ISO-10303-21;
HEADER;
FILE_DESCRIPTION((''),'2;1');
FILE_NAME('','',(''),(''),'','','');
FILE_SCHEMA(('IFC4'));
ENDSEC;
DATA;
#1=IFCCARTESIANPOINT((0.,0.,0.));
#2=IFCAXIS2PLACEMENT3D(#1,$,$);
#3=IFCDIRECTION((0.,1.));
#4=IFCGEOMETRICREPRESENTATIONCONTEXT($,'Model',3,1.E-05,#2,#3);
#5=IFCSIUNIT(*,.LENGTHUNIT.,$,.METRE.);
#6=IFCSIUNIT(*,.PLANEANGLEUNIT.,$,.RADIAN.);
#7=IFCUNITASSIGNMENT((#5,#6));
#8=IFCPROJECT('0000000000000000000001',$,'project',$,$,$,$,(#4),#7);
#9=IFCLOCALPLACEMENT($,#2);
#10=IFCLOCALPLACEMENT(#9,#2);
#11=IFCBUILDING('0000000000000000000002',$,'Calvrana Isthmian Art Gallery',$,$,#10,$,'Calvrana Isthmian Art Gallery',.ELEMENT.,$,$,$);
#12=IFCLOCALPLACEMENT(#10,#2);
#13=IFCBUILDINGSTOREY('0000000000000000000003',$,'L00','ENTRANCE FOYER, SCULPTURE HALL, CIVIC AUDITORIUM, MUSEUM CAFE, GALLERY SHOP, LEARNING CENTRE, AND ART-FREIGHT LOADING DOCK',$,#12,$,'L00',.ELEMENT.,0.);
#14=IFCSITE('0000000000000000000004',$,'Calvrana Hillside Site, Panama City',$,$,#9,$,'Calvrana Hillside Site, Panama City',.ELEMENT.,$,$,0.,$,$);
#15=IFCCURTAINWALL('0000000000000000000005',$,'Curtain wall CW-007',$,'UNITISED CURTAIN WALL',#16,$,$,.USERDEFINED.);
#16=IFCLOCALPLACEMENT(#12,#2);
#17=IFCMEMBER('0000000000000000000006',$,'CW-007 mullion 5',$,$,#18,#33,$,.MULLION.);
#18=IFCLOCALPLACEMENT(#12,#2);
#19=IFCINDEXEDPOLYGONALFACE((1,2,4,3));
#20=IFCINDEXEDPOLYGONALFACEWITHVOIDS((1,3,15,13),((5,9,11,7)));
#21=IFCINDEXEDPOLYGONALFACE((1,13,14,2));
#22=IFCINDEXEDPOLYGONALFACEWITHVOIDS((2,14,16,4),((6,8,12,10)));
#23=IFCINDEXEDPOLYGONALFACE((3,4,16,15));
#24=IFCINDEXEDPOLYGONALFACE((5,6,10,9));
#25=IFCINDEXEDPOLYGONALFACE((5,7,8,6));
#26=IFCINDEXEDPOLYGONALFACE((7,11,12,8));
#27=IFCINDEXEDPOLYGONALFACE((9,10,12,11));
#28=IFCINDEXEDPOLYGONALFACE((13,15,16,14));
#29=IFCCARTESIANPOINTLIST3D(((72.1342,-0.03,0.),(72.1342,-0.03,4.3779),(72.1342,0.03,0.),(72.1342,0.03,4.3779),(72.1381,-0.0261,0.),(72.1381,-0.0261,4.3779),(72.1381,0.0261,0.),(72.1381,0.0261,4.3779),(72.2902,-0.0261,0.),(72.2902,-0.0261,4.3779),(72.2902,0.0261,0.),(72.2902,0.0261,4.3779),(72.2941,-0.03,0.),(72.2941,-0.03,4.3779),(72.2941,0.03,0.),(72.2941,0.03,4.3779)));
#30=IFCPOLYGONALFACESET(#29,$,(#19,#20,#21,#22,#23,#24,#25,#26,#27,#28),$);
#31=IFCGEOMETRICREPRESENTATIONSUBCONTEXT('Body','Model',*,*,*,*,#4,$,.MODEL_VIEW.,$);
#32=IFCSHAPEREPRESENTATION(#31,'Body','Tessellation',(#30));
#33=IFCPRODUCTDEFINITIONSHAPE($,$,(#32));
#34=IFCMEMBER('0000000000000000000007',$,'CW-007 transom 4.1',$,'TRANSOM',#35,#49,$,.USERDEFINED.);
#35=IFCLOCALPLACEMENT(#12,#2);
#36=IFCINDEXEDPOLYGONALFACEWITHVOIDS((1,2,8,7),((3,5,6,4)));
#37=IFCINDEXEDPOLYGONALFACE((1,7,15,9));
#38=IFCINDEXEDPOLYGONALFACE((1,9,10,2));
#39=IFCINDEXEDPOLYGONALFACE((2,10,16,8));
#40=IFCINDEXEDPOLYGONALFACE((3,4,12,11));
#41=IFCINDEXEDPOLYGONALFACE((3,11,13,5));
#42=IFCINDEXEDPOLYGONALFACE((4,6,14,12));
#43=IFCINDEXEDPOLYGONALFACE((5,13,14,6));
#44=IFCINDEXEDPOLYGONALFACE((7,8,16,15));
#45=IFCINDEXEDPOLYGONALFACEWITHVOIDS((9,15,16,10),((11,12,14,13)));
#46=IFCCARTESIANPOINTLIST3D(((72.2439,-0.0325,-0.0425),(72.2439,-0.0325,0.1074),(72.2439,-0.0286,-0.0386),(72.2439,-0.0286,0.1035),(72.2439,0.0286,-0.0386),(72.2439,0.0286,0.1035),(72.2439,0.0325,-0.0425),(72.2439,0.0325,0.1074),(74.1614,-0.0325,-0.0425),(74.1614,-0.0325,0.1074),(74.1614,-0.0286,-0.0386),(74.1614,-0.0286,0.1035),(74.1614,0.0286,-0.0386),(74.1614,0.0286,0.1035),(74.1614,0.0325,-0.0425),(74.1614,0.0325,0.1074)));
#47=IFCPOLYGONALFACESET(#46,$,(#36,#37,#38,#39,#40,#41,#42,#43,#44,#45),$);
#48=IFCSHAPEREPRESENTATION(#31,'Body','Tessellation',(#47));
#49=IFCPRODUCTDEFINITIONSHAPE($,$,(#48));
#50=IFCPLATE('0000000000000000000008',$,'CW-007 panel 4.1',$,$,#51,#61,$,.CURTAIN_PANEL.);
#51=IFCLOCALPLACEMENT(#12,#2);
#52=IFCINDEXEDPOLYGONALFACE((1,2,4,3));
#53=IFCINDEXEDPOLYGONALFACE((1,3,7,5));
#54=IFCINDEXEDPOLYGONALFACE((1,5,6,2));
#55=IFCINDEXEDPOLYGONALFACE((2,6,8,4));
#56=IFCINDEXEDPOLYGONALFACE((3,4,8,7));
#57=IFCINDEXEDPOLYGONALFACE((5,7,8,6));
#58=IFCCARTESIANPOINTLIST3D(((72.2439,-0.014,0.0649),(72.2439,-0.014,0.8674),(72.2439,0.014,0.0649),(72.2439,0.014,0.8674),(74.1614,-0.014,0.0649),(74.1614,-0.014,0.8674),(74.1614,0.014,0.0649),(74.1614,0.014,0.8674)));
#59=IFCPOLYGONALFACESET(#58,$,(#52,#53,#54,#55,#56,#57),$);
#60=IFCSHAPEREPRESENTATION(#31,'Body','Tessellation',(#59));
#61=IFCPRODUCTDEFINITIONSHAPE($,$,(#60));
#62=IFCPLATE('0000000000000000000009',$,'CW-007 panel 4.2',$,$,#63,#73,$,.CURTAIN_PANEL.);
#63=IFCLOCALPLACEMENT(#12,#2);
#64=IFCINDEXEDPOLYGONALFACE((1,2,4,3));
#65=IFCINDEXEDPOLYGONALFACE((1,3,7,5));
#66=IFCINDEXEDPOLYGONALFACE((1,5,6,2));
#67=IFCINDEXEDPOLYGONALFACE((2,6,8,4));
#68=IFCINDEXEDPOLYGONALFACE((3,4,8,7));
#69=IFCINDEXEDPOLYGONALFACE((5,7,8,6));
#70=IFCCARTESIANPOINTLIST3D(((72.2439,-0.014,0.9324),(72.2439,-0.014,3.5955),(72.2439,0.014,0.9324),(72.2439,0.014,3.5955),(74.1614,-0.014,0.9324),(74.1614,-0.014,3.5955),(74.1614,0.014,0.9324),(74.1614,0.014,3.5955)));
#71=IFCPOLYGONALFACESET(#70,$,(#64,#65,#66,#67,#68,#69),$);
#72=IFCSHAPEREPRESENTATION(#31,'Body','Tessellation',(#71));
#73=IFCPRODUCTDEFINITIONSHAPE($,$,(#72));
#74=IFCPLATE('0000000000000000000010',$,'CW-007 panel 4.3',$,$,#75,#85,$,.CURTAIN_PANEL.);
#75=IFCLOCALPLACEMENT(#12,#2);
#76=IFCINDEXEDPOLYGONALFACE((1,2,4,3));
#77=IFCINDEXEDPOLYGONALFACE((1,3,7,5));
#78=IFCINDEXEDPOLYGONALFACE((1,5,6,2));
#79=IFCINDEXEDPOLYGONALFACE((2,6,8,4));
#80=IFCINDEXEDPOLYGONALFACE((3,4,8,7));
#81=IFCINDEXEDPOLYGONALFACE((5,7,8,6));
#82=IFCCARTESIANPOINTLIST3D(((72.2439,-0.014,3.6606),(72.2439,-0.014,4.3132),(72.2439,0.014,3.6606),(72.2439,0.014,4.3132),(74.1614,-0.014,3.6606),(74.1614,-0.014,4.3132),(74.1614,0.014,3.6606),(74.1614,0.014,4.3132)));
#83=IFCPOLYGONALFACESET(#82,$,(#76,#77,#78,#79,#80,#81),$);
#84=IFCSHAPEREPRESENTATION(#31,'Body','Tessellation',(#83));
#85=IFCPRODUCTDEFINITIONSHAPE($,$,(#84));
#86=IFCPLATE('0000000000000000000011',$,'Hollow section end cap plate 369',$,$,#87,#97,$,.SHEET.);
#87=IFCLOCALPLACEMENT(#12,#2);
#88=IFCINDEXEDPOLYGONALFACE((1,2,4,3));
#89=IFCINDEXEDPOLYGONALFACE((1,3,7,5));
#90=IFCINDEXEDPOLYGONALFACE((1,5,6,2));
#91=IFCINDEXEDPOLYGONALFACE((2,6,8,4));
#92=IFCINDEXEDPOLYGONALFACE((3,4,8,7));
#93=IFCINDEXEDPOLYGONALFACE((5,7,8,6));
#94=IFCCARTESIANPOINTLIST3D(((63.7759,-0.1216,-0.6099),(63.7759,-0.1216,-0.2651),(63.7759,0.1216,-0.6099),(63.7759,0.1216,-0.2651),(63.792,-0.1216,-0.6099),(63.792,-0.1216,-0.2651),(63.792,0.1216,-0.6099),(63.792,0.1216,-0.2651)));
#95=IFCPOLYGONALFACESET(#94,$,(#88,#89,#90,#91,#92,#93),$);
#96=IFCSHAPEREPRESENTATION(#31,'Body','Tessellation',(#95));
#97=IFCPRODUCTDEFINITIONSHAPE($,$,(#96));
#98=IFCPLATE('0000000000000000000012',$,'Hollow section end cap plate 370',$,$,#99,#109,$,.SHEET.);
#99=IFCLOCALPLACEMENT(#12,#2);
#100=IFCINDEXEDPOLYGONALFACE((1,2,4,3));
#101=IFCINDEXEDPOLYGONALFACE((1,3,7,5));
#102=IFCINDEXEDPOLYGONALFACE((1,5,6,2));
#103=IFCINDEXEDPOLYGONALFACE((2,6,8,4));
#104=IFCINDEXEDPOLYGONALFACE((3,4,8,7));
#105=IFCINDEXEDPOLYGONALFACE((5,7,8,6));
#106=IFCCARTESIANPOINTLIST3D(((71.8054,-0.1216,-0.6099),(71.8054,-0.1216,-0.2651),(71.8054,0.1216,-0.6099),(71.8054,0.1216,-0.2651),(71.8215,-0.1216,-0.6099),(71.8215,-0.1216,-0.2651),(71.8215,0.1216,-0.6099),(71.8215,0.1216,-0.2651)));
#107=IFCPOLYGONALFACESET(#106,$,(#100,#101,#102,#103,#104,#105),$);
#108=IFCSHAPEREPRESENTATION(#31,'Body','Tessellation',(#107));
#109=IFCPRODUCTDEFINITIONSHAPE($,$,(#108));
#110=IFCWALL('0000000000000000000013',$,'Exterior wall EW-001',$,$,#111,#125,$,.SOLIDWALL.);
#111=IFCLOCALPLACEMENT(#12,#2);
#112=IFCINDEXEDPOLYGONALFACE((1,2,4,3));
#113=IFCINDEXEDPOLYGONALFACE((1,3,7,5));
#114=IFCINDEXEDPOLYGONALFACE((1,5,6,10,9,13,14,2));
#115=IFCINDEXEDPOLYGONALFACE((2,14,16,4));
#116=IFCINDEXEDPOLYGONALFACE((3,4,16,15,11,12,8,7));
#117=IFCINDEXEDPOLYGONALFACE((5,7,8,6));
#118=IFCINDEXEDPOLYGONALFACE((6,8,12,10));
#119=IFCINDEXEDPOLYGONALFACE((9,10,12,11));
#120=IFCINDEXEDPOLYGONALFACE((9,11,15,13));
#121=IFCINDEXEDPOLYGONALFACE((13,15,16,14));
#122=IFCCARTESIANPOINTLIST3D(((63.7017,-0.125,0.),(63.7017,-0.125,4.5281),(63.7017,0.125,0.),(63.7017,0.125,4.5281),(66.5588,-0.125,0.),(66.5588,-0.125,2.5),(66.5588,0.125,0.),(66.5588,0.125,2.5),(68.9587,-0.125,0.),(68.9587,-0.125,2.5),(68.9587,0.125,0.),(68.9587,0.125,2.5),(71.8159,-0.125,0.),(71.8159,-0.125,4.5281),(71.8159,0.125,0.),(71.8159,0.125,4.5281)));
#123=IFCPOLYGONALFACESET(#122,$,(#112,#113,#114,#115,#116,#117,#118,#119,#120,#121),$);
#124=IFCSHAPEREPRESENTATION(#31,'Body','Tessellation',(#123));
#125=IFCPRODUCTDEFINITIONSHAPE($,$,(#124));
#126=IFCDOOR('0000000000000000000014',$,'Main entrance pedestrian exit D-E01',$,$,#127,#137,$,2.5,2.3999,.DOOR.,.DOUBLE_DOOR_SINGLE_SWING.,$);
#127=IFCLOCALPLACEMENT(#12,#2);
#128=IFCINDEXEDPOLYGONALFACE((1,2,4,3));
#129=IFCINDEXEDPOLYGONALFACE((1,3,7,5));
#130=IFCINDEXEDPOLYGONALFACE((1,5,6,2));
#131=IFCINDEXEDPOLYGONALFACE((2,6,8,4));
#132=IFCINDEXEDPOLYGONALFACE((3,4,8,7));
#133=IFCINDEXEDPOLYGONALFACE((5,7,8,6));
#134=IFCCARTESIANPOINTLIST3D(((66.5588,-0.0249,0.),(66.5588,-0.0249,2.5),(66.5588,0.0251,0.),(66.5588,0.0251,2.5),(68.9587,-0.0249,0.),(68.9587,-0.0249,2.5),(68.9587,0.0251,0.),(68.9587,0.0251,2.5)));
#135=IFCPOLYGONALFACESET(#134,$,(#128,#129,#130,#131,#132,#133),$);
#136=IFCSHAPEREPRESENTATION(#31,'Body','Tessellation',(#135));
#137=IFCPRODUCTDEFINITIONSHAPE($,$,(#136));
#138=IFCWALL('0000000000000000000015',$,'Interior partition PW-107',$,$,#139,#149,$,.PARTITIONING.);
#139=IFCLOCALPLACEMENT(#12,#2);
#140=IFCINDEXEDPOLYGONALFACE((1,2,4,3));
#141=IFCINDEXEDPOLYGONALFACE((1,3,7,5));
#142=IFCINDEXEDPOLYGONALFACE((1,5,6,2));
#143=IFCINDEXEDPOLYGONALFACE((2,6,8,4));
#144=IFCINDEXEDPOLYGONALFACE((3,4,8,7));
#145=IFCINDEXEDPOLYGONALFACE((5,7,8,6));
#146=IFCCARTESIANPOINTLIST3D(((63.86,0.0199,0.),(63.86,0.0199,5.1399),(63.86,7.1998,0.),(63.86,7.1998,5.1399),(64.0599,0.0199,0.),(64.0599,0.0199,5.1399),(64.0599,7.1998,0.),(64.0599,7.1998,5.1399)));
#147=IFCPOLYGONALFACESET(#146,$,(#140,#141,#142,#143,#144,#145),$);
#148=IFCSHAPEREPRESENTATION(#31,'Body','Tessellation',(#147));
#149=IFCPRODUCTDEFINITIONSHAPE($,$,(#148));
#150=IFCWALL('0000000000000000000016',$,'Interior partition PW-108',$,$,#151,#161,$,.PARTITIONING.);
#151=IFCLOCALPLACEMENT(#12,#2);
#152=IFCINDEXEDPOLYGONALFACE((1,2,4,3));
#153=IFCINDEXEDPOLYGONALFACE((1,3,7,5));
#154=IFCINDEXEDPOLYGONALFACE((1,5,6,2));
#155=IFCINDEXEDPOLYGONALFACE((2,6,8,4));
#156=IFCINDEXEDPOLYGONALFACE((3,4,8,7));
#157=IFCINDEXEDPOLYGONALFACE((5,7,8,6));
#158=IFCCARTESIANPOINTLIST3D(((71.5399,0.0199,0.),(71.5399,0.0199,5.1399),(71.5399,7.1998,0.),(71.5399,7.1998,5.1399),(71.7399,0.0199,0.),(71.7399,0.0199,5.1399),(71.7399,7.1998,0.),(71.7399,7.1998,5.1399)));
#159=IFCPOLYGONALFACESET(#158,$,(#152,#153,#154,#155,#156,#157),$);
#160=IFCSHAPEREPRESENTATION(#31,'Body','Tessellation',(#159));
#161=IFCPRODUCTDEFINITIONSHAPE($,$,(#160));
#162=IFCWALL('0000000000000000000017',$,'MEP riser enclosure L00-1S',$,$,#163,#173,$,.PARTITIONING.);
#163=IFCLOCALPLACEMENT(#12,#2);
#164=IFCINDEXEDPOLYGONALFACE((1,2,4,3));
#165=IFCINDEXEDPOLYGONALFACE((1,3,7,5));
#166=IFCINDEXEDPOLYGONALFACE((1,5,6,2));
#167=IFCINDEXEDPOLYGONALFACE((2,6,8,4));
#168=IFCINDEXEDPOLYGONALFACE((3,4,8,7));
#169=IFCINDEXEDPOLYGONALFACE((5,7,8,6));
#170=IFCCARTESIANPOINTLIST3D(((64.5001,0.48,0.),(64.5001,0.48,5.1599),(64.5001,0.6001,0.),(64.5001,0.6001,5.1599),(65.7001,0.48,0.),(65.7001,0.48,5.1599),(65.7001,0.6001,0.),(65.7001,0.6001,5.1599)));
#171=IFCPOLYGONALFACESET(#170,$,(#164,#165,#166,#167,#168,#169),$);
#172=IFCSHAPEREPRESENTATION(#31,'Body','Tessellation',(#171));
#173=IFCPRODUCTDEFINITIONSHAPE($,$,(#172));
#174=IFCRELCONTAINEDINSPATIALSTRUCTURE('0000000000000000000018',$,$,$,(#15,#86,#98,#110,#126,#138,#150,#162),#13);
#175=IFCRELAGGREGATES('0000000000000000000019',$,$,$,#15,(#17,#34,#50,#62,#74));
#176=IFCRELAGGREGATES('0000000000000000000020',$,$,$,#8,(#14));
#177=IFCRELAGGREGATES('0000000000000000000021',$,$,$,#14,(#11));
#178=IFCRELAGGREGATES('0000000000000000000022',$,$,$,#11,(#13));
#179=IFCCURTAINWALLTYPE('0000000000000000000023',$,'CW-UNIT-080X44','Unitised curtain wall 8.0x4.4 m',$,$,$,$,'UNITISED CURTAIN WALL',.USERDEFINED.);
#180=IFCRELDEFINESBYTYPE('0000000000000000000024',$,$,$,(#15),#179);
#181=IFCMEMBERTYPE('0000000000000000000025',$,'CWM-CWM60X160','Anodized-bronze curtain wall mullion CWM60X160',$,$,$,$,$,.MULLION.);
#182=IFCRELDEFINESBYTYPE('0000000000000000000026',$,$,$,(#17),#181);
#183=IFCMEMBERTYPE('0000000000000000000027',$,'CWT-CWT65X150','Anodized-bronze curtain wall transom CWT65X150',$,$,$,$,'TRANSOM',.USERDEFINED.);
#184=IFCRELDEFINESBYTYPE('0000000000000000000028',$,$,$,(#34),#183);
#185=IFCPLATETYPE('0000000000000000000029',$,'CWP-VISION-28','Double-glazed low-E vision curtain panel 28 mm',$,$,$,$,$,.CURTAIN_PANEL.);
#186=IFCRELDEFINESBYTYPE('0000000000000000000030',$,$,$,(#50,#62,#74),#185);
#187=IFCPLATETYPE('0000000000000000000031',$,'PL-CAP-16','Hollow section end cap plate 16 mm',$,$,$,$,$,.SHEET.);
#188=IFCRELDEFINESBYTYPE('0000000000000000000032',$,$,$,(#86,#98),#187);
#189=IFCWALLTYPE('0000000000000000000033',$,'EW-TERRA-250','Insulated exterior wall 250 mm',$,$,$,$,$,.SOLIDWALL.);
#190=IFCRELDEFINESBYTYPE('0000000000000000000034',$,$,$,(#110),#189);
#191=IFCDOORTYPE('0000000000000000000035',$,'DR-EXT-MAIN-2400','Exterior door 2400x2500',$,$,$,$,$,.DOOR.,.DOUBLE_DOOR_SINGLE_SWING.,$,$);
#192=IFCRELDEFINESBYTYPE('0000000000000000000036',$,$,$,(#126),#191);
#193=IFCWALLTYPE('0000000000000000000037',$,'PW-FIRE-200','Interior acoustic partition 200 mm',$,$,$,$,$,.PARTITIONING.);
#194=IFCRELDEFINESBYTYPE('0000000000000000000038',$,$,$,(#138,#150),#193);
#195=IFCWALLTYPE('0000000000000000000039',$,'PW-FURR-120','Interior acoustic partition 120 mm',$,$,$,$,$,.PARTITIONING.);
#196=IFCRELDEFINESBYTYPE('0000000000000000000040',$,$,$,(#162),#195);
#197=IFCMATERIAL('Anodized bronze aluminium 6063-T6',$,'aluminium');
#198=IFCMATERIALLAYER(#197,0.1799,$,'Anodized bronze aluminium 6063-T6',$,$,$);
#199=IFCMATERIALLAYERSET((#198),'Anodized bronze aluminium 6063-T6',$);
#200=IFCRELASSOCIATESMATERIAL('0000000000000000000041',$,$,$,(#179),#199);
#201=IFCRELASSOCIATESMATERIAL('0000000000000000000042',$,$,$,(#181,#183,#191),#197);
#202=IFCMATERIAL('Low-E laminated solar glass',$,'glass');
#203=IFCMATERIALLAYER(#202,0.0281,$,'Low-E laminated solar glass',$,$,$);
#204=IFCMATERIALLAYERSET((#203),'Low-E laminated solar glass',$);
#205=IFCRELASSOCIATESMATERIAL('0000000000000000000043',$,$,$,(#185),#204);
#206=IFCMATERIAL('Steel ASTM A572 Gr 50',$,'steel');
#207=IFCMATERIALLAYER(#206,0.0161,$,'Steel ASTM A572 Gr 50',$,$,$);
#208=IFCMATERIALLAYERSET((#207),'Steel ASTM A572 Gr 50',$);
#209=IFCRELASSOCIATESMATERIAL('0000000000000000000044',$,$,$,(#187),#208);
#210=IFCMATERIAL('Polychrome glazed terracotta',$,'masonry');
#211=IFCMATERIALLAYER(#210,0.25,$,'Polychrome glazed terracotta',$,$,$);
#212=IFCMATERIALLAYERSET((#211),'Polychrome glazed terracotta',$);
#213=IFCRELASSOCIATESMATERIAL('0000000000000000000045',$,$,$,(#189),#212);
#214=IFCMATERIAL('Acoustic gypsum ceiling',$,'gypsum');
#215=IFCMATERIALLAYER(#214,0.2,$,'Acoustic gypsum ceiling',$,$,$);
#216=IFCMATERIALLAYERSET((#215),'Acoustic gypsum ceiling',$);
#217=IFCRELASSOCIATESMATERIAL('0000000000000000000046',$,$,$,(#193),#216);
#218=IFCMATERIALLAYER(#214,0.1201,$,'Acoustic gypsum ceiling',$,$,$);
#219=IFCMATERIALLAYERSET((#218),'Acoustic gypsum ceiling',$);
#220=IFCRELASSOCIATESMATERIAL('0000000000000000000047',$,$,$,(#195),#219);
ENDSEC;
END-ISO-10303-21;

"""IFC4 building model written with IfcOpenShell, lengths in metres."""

from ifc_helpers import new_model, si_unit, direction, frame, frame_2d, origin, origin_2d, place, context, subcontext, project, spatial, rectangle, hollow_rectangle, extrude, material, layer, layer_set, material_profile, profile_set, type_object, element, fill, aggregate, save


model = new_model("IFC4")

# Units and contexts
model_context = context("Model", 3, precision=1e-05, world=origin(), true_north=direction((0.0, 1.0)))
body_context = subcontext(model_context, "Body", "Model", "MODEL_VIEW")
ifc_project = project(units=[si_unit("LENGTHUNIT", "METRE"), si_unit("PLANEANGLEUNIT", "RADIAN")], contexts=[model_context])

# Site, building, storey
site_placement = place(None, origin())
site = spatial("IfcSite", under=ifc_project, at=site_placement, Name="Calvrana Hillside Site, Panama City", LongName="Calvrana Hillside Site, Panama City", CompositionType="ELEMENT", RefElevation=0.0)
building_placement = place(site_placement, origin())
building = spatial("IfcBuilding", under=site, at=building_placement, Name="Calvrana Isthmian Art Gallery", LongName="Calvrana Isthmian Art Gallery", CompositionType="ELEMENT")
storey_placement = place(building_placement, origin())
storey = spatial("IfcBuildingStorey", under=building, at=storey_placement, Name="L00", Description="ENTRANCE FOYER, SCULPTURE HALL, CIVIC AUDITORIUM, MUSEUM CAFE, GALLERY SHOP, LEARNING CENTRE, AND ART-FREIGHT LOADING DOCK", LongName="L00", CompositionType="ELEMENT", Elevation=0.0)

# Curtain wall, members, plates
ifc_material_1 = material(Name="Anodized bronze aluminium 6063-T6", Category="aluminium")
ifc_layer_1 = layer(ifc_material_1, 0.1799, Name="Anodized bronze aluminium 6063-T6")
ifc_layer_set_1 = layer_set([ifc_layer_1], Name="Anodized bronze aluminium 6063-T6")
curtain_wall_type = type_object("IfcCurtainWallType", Name="CW-UNIT-080X44", Description="Unitised curtain wall 8.0x4.4 m", ElementType="UNITISED CURTAIN WALL", PredefinedType="USERDEFINED", material=ifc_layer_set_1)
curtain_wall_placement = place(storey_placement, origin())
curtain_wall = element("IfcCurtainWall", 1, at=curtain_wall_placement, inside=storey, type_object=curtain_wall_type, Name="Curtain wall CW-007", ObjectType="UNITISED CURTAIN WALL", PredefinedType="USERDEFINED")
ifc_material_profile_1 = material_profile(ifc_material_1, hollow_rectangle(XDim=0.0601, YDim=0.1599, WallThickness=0.0039, at=origin_2d()), Name="CWM60X160")
ifc_profile_set_1 = profile_set([ifc_material_profile_1], Name="Anodized bronze aluminium 6063-T6")
member_type_1 = type_object("IfcMemberType", Name="CWM-CWM60X160", Description="Anodized-bronze curtain wall mullion CWM60X160", PredefinedType="MULLION", material=ifc_profile_set_1)
member_1_placement = place(storey_placement, frame((72.2141, 0.0, 0.0), z_axis=(0.0, 0.0, 1.0), x_axis=(0.0, -1.0, 0.0)))
member_1 = element("IfcMember", 2, at=member_1_placement, type_object=member_type_1, Name="CW-007 mullion 5", PredefinedType="MULLION", context=body_context, shape_type="SweptSolid", body=[
    extrude(hollow_rectangle(XDim=0.0601, YDim=0.1599, WallThickness=0.0039, at=origin_2d()), origin(), (0.0, 0.0, 1.0), 4.3779),
])
ifc_material_profile_2 = material_profile(ifc_material_1, hollow_rectangle(XDim=0.0649, YDim=0.1499, WallThickness=0.0039, at=origin_2d()), Name="CWT65X150")
ifc_profile_set_2 = profile_set([ifc_material_profile_2], Name="Anodized bronze aluminium 6063-T6")
member_type_2 = type_object("IfcMemberType", Name="CWT-CWT65X150", Description="Anodized-bronze curtain wall transom CWT65X150", ElementType="TRANSOM", PredefinedType="USERDEFINED", material=ifc_profile_set_2)
member_2_placement = place(storey_placement, frame((74.1614, 0.0, 0.0325), z_axis=(-1.0, 0.0, 0.0), x_axis=(0.0, -1.0, 0.0)))
member_2 = element("IfcMember", 3, at=member_2_placement, type_object=member_type_2, Name="CW-007 transom 4.1", ObjectType="TRANSOM", PredefinedType="USERDEFINED", context=body_context, shape_type="SweptSolid", body=[
    extrude(hollow_rectangle(XDim=0.0649, YDim=0.1499, WallThickness=0.0039, at=origin_2d()), origin(), (0.0, 0.0, 1.0), 1.9175),
])
ifc_material_2 = material(Name="Low-E laminated solar glass", Category="glass")
ifc_layer_2 = layer(ifc_material_2, 0.0281, Name="Low-E laminated solar glass")
ifc_layer_set_2 = layer_set([ifc_layer_2], Name="Low-E laminated solar glass")
plate_type_1 = type_object("IfcPlateType", Name="CWP-VISION-28", Description="Double-glazed low-E vision curtain panel 28 mm", PredefinedType="CURTAIN_PANEL", material=ifc_layer_set_2)
plate_1_placement = place(storey_placement, frame((73.2026, 0.0, 0.0649), z_axis=(0.0, 0.0, 1.0), x_axis=(-1.0, 0.0, 0.0)))
plate_1 = element("IfcPlate", 4, at=plate_1_placement, type_object=plate_type_1, Name="CW-007 panel 4.1", PredefinedType="CURTAIN_PANEL", context=body_context, shape_type="SweptSolid", body=[
    extrude(rectangle(XDim=1.9175, YDim=0.0281, at=origin_2d()), origin(), (0.0, 0.0, 1.0), 0.8025),
])
plate_2_placement = place(storey_placement, frame((73.2026, 0.0, 0.9324), z_axis=(0.0, 0.0, 1.0), x_axis=(-1.0, 0.0, 0.0)))
plate_2 = element("IfcPlate", 5, at=plate_2_placement, type_object=plate_type_1, Name="CW-007 panel 4.2", PredefinedType="CURTAIN_PANEL", context=body_context, shape_type="SweptSolid", body=[
    extrude(rectangle(XDim=1.9175, YDim=0.0281, at=origin_2d()), origin(), (0.0, 0.0, 1.0), 2.6631),
])
plate_3_placement = place(storey_placement, frame((73.2026, 0.0, 3.6606), z_axis=(0.0, 0.0, 1.0), x_axis=(-1.0, 0.0, 0.0)))
plate_3 = element("IfcPlate", 6, at=plate_3_placement, type_object=plate_type_1, Name="CW-007 panel 4.3", PredefinedType="CURTAIN_PANEL", context=body_context, shape_type="SweptSolid", body=[
    extrude(rectangle(XDim=1.9175, YDim=0.0281, at=origin_2d()), origin(), (0.0, 0.0, 1.0), 0.6526),
])
aggregate(curtain_wall, [member_1, member_2, plate_1, plate_2, plate_3])

# Plates
ifc_material_3 = material(Name="Steel ASTM A572 Gr 50", Category="steel")
ifc_layer_3 = layer(ifc_material_3, 0.0161, Name="Steel ASTM A572 Gr 50")
ifc_layer_set_3 = layer_set([ifc_layer_3], Name="Steel ASTM A572 Gr 50")
plate_type_2 = type_object("IfcPlateType", Name="PL-CAP-16", Description="Hollow section end cap plate 16 mm", PredefinedType="SHEET", material=ifc_layer_set_3)
for number, where, z_axis, x_axis, name in (
    (7, (63.7839, 0.0, -0.6099), (0.0, 0.0, 1.0), (1.0, 0.0, 0.0), "Hollow section end cap plate 369"),
    (8, (71.8135, 0.0, -0.6099), (0.0, 0.0, 1.0), (1.0, 0.0, 0.0), "Hollow section end cap plate 370"),
):
    element("IfcPlate", number, at=place(storey_placement, frame(where, z_axis=z_axis, x_axis=x_axis)), inside=storey, type_object=plate_type_2, Name=name, PredefinedType="SHEET", context=body_context, shape_type="SweptSolid", body=[
        extrude(rectangle(XDim=0.0161, YDim=0.2432, at=origin_2d()), origin(), (0.0, 0.0, 1.0), 0.3447),
    ])

# Wall, opening, door
ifc_material_4 = material(Name="Polychrome glazed terracotta", Category="masonry")
ifc_layer_4 = layer(ifc_material_4, 0.25, Name="Polychrome glazed terracotta")
ifc_layer_set_4 = layer_set([ifc_layer_4], Name="Polychrome glazed terracotta")
wall_type_1 = type_object("IfcWallType", Name="EW-TERRA-250", Description="Insulated exterior wall 250 mm", PredefinedType="SOLIDWALL", material=ifc_layer_set_4)
wall_1_placement = place(storey_placement, frame((71.8159, 0.0, 0.0), z_axis=(0.0, 0.0, 1.0), x_axis=(-1.0, 0.0, 0.0)))
wall_1 = element("IfcWall", 9, at=wall_1_placement, inside=storey, type_object=wall_type_1, Name="Exterior wall EW-001", PredefinedType="SOLIDWALL", context=body_context, shape_type="SweptSolid", body=[
    extrude(rectangle(XDim=8.1143, YDim=0.25, at=frame_2d((4.0571, 0.0))), origin(), (0.0, 0.0, 1.0), 4.5281),
])
opening_placement = place(wall_1_placement, frame((2.8572, 0.0, 0.0)))
opening = element("IfcOpeningElement", 10, at=opening_placement, cuts=wall_1, PredefinedType="OPENING", context=body_context, shape_type="SweptSolid", body=[
    extrude(rectangle(XDim=2.3999, YDim=2.5, at=frame_2d((1.2, 1.25))), frame((0.0, 0.1353, 0.0), z_axis=(0.0, -1.0, 0.0), x_axis=(1.0, 0.0, 0.0)), (0.0, 0.0, 1.0), 0.2705),
])
door_type = type_object("IfcDoorType", Name="DR-EXT-MAIN-2400", Description="Exterior door 2400x2500", OperationType="DOUBLE_DOOR_SINGLE_SWING", PredefinedType="DOOR", material=ifc_material_1)
door_placement = place(opening_placement, origin())
door = element("IfcDoor", 11, at=door_placement, inside=storey, type_object=door_type, Name="Main entrance pedestrian exit D-E01", OperationType="DOUBLE_DOOR_SINGLE_SWING", OverallHeight=2.5, OverallWidth=2.3999, PredefinedType="DOOR", context=body_context, shape_type="SweptSolid", body=[
    extrude(rectangle(XDim=2.3999, YDim=2.5, at=frame_2d((1.2, 1.25))), frame((0.0, 0.0249, 0.0), z_axis=(0.0, -1.0, 0.0), x_axis=(1.0, 0.0, 0.0)), (0.0, 0.0, 1.0), 0.05),
])
fill(opening, door)

# Walls
ifc_material_5 = material(Name="Acoustic gypsum ceiling", Category="gypsum")
ifc_layer_5 = layer(ifc_material_5, 0.2, Name="Acoustic gypsum ceiling")
ifc_layer_set_5 = layer_set([ifc_layer_5], Name="Acoustic gypsum ceiling")
wall_type_2 = type_object("IfcWallType", Name="PW-FIRE-200", Description="Interior acoustic partition 200 mm", PredefinedType="PARTITIONING", material=ifc_layer_set_5)
for number, where, z_axis, x_axis, name in (
    (12, (63.96, 0.02, 0.0), (0.0, 0.0, 1.0), (0.0, 1.0, 0.0), "Interior partition PW-107"),
    (13, (71.6399, 0.02, 0.0), (0.0, 0.0, 1.0), (0.0, 1.0, 0.0), "Interior partition PW-108"),
):
    element("IfcWall", number, at=place(storey_placement, frame(where, z_axis=z_axis, x_axis=x_axis)), inside=storey, type_object=wall_type_2, Name=name, PredefinedType="PARTITIONING", context=body_context, shape_type="SweptSolid", body=[
        extrude(rectangle(XDim=7.1799, YDim=0.2, at=frame_2d((3.5898, 0.0))), origin(), (0.0, 0.0, 1.0), 5.1399),
    ])
ifc_layer_6 = layer(ifc_material_5, 0.1201, Name="Acoustic gypsum ceiling")
ifc_layer_set_6 = layer_set([ifc_layer_6], Name="Acoustic gypsum ceiling")
wall_type_3 = type_object("IfcWallType", Name="PW-FURR-120", Description="Interior acoustic partition 120 mm", PredefinedType="PARTITIONING", material=ifc_layer_set_6)
wall_2_placement = place(storey_placement, frame((64.5, 0.54, 0.0), z_axis=(0.0, 0.0, 1.0), x_axis=(1.0, 0.0, 0.0)))
element("IfcWall", 14, at=wall_2_placement, inside=storey, type_object=wall_type_3, Name="MEP riser enclosure L00-1S", PredefinedType="PARTITIONING", context=body_context, shape_type="SweptSolid", body=[
    extrude(rectangle(XDim=1.2, YDim=0.1201, at=frame_2d((0.6001, 0.0))), origin(), (0.0, 0.0, 1.0), 5.1599),
])

save(model, "model.ifc")
